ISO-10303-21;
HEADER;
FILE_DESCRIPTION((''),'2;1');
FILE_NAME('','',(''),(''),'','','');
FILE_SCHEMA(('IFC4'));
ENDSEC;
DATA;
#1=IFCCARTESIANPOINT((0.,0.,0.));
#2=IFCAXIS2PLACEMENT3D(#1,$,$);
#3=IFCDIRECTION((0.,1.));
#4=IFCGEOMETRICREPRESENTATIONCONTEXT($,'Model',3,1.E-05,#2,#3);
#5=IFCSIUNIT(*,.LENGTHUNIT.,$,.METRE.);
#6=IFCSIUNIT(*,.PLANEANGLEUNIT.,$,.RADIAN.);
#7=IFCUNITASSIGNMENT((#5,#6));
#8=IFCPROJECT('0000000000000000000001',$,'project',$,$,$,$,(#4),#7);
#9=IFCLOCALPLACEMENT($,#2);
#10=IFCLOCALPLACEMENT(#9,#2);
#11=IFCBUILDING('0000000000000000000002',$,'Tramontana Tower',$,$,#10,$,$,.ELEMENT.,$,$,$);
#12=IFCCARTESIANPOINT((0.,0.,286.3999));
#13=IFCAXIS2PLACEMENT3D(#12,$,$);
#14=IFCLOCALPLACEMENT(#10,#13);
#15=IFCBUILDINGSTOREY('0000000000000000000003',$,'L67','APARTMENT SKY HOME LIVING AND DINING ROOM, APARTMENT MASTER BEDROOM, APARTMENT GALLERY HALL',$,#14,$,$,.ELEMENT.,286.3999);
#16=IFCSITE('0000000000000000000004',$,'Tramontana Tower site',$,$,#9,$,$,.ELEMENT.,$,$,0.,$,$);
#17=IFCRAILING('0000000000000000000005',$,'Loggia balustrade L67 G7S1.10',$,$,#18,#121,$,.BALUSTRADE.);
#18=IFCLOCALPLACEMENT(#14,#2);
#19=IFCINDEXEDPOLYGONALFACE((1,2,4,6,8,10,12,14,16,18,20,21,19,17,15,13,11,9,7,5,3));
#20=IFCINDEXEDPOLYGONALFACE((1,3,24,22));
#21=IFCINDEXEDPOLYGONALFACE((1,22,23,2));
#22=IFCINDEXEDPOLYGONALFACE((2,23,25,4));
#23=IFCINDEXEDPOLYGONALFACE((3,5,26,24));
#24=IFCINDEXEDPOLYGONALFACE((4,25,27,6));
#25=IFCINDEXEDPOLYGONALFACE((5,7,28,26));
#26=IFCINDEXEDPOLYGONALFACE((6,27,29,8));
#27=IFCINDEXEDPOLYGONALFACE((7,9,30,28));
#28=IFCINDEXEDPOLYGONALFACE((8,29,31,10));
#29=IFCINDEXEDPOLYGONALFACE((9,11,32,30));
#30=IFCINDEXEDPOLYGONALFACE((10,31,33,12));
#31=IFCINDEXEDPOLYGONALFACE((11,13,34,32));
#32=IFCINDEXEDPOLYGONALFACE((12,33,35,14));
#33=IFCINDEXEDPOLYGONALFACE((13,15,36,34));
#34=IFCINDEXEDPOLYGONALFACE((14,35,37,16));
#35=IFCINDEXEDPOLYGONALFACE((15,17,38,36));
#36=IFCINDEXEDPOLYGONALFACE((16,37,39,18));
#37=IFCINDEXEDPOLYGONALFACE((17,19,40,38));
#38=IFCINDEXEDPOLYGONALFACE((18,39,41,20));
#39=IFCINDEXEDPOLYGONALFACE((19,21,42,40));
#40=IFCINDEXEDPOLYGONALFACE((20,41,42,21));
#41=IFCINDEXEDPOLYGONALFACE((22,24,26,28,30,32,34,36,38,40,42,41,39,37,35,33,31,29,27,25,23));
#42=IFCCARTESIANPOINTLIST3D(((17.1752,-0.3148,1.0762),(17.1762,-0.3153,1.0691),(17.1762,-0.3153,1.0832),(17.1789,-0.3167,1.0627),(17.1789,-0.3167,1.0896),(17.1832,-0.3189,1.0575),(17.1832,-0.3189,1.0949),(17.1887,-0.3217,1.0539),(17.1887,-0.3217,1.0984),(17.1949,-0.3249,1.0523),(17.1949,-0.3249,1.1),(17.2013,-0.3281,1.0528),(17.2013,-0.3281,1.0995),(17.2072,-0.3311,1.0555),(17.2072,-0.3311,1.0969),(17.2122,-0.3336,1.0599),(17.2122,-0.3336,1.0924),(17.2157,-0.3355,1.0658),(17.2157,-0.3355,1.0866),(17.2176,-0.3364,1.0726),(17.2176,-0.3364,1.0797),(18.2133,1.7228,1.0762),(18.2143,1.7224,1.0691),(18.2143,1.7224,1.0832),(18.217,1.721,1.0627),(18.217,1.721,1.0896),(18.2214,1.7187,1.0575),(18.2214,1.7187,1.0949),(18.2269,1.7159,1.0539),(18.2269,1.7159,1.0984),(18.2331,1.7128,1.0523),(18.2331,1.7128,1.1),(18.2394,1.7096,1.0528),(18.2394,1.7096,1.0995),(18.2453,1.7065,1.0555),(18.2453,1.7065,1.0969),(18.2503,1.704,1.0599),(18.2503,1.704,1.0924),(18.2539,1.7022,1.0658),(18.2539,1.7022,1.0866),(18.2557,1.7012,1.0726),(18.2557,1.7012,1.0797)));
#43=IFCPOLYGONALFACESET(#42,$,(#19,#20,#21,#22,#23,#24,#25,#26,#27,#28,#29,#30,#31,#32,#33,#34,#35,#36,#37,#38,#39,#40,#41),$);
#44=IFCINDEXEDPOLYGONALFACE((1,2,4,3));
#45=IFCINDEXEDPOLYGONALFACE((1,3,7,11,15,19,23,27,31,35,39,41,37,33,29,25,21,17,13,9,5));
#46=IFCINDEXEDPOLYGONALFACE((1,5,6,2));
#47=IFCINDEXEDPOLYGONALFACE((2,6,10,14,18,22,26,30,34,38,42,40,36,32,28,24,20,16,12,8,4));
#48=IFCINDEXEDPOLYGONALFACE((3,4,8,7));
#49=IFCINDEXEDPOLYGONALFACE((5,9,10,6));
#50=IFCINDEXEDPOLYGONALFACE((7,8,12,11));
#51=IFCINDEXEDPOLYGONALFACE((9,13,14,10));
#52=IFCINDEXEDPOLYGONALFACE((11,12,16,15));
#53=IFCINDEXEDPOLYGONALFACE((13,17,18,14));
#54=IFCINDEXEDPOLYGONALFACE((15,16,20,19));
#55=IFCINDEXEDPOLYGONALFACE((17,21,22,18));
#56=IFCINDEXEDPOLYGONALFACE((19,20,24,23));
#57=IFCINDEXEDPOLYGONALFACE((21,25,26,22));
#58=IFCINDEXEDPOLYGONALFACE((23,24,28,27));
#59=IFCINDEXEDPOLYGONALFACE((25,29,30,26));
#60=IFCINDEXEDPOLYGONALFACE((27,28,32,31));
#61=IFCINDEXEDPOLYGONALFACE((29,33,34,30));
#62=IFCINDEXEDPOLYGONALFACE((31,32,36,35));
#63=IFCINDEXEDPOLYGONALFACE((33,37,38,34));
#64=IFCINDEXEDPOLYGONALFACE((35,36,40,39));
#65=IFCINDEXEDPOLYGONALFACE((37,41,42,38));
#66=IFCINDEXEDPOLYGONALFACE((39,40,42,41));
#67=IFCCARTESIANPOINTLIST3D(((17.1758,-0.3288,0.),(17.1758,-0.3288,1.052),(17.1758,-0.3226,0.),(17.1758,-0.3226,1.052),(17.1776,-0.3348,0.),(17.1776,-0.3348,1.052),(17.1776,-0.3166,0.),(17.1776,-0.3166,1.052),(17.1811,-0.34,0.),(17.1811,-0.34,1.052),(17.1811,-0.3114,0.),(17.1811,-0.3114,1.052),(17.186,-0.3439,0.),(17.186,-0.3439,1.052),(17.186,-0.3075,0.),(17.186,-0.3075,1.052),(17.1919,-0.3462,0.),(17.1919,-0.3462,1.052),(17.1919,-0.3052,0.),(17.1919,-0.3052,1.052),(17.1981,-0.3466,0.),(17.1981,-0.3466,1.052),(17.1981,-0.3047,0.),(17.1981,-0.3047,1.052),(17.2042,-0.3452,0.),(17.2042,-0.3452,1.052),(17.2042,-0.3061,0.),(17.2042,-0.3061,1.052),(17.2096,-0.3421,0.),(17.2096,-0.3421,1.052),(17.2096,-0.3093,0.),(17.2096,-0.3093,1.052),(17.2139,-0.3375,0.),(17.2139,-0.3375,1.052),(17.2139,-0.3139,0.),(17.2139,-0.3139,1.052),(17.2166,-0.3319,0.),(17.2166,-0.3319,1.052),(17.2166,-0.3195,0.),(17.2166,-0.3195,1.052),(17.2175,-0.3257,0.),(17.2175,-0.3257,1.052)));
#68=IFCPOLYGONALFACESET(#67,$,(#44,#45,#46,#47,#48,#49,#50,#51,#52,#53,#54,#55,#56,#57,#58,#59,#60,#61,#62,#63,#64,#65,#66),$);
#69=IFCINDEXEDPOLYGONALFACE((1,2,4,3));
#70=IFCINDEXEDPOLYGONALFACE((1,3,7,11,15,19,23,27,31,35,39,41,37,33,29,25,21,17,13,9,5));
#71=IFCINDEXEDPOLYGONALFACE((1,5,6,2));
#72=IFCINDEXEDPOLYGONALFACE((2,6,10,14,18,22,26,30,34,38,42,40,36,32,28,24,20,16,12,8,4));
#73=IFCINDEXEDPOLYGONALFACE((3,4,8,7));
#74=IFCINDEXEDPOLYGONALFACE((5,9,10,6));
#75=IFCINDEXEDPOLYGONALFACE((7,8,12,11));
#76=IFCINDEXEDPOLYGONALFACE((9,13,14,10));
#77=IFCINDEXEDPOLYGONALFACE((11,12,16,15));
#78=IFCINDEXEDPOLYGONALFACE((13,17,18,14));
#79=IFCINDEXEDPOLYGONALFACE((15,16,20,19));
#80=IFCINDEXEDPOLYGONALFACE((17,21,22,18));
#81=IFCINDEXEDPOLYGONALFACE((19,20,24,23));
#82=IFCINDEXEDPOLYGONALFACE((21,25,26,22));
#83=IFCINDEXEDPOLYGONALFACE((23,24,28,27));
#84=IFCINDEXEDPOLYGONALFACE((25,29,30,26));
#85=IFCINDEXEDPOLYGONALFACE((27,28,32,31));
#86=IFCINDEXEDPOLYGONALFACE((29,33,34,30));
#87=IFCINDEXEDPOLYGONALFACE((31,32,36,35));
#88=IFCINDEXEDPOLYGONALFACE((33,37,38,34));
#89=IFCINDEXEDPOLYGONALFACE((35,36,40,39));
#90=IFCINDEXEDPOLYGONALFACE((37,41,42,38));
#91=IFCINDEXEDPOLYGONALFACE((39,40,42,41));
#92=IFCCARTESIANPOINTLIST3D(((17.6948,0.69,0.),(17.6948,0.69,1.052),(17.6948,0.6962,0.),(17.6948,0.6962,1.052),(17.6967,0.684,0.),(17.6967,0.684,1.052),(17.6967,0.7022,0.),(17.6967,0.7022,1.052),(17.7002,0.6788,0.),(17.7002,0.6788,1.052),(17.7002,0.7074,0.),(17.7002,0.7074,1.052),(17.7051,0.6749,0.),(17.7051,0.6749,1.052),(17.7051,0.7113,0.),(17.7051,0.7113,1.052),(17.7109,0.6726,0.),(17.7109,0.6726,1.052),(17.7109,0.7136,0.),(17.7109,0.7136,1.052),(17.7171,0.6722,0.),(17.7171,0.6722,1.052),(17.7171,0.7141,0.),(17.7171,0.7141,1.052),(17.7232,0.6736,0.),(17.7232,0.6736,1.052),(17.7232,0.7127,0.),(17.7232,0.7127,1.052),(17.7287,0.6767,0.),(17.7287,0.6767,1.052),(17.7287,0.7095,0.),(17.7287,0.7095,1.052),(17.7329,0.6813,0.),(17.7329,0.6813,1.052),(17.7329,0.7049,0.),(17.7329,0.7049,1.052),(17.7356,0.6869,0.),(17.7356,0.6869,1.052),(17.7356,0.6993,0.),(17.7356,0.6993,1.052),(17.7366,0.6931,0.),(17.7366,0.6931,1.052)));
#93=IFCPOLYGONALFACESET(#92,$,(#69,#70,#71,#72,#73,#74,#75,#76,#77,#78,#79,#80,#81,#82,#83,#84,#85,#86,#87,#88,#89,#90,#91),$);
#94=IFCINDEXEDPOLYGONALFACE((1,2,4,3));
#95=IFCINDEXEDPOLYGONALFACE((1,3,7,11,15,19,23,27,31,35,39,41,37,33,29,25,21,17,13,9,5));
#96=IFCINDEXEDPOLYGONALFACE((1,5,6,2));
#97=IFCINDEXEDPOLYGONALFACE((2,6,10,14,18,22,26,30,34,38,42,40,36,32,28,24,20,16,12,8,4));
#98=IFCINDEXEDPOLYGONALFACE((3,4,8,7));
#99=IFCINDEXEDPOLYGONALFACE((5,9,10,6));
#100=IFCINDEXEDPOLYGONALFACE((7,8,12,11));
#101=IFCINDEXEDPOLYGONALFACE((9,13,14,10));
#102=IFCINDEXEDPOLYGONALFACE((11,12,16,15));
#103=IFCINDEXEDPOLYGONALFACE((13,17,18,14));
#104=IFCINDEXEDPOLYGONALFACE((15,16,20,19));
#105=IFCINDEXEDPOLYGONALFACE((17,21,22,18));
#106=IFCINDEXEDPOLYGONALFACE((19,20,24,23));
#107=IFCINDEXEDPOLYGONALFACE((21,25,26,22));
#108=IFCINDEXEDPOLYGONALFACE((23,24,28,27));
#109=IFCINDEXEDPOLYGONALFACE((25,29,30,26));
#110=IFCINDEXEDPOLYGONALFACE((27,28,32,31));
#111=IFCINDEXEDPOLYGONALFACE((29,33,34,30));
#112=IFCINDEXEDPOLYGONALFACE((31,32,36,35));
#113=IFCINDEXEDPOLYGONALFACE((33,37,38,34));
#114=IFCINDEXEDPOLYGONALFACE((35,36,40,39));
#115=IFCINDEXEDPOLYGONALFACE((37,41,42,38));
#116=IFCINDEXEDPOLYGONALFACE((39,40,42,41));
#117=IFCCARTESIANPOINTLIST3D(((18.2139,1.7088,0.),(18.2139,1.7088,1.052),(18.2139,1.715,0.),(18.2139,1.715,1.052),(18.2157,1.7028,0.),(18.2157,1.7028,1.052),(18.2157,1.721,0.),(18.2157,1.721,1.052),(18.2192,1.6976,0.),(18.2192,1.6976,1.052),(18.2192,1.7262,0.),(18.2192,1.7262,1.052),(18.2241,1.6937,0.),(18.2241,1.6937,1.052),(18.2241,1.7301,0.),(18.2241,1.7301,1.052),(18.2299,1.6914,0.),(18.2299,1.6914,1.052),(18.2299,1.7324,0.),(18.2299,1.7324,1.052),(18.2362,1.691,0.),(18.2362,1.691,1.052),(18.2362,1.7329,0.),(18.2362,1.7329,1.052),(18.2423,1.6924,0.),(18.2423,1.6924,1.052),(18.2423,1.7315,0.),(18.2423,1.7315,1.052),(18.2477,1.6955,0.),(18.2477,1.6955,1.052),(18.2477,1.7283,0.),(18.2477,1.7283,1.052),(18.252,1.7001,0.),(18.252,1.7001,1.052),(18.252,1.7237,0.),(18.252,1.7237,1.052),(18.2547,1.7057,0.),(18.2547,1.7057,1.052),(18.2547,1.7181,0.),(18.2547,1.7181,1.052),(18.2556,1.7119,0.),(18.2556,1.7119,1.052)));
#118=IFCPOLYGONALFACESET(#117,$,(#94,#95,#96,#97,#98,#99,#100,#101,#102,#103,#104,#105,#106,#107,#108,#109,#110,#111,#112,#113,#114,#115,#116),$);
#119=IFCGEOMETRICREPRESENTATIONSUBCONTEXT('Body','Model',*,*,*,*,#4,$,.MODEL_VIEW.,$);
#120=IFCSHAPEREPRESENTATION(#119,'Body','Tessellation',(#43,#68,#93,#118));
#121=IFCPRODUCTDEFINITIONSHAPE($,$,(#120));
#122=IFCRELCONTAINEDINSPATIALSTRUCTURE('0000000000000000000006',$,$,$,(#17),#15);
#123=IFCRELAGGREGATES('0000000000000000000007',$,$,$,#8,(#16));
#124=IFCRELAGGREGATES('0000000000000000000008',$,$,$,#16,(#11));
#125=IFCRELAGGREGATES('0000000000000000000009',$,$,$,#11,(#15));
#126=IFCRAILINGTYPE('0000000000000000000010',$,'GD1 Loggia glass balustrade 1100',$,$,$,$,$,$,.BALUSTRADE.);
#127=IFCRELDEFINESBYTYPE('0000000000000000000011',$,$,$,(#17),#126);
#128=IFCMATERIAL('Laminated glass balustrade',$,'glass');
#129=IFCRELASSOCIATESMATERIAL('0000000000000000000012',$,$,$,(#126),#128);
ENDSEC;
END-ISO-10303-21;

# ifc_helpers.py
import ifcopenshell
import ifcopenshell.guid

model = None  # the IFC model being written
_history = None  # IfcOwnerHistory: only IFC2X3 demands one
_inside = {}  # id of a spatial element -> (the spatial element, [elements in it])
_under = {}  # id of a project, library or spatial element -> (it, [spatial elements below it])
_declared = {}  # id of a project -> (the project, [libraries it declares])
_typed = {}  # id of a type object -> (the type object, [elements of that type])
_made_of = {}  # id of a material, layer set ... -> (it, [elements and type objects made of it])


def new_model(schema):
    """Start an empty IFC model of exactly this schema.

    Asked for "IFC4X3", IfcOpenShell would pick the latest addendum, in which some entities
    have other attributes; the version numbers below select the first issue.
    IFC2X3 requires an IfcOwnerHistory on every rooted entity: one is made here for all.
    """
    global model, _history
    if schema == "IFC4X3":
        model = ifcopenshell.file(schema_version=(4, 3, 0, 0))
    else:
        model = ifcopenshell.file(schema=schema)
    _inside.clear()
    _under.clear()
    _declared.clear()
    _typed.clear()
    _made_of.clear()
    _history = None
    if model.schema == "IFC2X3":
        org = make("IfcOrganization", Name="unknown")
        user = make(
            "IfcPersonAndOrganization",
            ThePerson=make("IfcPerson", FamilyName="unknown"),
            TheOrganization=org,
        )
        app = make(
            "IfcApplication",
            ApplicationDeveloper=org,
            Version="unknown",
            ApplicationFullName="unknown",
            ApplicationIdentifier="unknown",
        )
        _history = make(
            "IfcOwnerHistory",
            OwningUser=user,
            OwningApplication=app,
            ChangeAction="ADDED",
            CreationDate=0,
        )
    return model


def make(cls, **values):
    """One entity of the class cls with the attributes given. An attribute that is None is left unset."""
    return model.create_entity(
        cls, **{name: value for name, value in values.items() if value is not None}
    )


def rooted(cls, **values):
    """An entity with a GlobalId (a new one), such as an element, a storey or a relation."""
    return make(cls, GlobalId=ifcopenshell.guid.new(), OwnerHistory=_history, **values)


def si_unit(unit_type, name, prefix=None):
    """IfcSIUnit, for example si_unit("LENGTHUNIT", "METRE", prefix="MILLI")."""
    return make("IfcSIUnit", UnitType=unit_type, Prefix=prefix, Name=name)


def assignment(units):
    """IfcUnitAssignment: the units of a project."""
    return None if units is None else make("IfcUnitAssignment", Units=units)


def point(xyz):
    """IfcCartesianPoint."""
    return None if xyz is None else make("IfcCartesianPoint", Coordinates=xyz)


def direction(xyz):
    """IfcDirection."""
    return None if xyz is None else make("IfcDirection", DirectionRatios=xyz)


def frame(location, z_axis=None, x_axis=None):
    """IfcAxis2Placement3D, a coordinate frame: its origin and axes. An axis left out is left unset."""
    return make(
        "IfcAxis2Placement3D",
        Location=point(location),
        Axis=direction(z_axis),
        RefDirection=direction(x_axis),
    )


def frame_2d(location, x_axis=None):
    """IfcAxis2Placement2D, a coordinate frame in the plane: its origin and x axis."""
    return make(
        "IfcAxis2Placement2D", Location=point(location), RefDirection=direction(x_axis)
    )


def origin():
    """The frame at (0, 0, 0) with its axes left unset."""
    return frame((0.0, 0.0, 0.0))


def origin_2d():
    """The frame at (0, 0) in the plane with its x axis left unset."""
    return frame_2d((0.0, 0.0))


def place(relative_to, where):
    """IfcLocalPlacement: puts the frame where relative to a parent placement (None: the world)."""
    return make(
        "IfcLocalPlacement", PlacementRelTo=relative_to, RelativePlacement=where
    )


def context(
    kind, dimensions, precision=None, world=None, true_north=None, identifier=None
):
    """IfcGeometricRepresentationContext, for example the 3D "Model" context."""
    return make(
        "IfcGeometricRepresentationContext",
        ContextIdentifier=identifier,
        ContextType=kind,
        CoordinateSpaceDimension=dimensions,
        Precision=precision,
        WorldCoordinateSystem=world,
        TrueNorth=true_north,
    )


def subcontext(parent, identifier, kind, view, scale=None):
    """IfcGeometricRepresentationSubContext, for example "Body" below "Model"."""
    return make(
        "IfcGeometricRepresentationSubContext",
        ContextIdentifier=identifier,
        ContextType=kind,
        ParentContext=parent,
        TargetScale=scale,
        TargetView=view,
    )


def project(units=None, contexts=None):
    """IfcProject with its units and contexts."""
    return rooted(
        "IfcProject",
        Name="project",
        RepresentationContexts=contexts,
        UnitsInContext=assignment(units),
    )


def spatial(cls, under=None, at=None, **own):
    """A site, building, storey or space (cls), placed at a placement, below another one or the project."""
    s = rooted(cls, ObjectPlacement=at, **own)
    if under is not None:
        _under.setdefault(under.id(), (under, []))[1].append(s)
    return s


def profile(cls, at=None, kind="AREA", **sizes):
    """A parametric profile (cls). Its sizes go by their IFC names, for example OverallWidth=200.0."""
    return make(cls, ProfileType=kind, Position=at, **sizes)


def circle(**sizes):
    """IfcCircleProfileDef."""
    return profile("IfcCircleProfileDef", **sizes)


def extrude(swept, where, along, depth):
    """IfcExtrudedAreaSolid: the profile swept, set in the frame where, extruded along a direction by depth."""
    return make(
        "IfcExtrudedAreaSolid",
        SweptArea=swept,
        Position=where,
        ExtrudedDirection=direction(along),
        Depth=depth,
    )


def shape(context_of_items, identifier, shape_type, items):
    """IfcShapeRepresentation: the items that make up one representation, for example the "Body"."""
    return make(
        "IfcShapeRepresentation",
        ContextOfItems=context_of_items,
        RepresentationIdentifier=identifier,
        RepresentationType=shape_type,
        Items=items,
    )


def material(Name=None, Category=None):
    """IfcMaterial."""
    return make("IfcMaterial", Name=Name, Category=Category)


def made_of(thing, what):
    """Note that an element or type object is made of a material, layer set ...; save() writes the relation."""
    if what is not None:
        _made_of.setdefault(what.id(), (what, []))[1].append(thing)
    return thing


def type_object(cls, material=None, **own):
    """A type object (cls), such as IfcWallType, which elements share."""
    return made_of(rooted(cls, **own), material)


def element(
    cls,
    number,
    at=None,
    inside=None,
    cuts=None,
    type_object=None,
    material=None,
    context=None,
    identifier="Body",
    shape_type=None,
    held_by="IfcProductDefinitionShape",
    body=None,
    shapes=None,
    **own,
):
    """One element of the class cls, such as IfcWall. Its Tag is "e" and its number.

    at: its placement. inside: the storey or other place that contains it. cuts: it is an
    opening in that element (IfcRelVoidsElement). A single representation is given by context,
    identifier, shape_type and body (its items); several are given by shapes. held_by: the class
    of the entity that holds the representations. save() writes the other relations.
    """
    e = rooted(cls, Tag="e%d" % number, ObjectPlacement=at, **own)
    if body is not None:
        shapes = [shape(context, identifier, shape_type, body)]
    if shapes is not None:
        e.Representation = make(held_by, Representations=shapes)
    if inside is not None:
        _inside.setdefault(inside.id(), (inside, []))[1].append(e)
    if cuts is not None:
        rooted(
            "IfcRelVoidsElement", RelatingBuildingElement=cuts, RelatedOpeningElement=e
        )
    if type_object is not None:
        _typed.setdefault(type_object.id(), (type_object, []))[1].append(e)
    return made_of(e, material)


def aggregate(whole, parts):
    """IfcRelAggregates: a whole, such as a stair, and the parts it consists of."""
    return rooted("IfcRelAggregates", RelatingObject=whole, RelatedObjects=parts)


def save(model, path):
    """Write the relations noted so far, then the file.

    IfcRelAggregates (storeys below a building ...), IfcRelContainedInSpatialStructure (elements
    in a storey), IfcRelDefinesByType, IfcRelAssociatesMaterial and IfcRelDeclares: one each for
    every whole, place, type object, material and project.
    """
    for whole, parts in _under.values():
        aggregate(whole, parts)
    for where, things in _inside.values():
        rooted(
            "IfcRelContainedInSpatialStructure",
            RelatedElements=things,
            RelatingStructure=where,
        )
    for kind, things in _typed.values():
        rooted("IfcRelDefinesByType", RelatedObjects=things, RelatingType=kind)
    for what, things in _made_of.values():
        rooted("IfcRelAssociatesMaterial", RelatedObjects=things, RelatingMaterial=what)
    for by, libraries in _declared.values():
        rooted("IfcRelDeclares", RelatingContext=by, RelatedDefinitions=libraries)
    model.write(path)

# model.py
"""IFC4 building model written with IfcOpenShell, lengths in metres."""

from ifc_helpers import new_model, si_unit, direction, frame, origin, origin_2d, place, context, subcontext, project, spatial, circle, extrude, material, type_object, element, save


model = new_model("IFC4")

# Units and contexts
model_context = context("Model", 3, precision=1e-05, world=origin(), true_north=direction((0.0, 1.0)))
body_context = subcontext(model_context, "Body", "Model", "MODEL_VIEW")
ifc_project = project(units=[si_unit("LENGTHUNIT", "METRE"), si_unit("PLANEANGLEUNIT", "RADIAN")], contexts=[model_context])

# Site, building, storey
site_placement = place(None, origin())
site = spatial("IfcSite", under=ifc_project, at=site_placement, Name="Tramontana Tower site", CompositionType="ELEMENT", RefElevation=0.0)
building_placement = place(site_placement, origin())
building = spatial("IfcBuilding", under=site, at=building_placement, Name="Tramontana Tower", CompositionType="ELEMENT")
storey_placement = place(building_placement, frame((0.0, 0.0, 286.3999)))
storey = spatial("IfcBuildingStorey", under=building, at=storey_placement, Name="L67", Description="APARTMENT SKY HOME LIVING AND DINING ROOM, APARTMENT MASTER BEDROOM, APARTMENT GALLERY HALL", CompositionType="ELEMENT", Elevation=286.3999)

# Railing
ifc_material_1 = material(Name="Laminated glass balustrade", Category="glass")
railing_type_1 = type_object("IfcRailingType", Name="GD1 Loggia glass balustrade 1100", PredefinedType="BALUSTRADE", material=ifc_material_1)
railing_1_placement = place(storey_placement, frame((17.1965, -0.3257, 0.0)))
element("IfcRailing", 1, at=railing_1_placement, inside=storey, type_object=railing_type_1, Name="Loggia balustrade L67 G7S1.10", PredefinedType="BALUSTRADE", context=body_context, shape_type="SweptSolid", body=[
    extrude(circle(Radius=0.0239, at=origin_2d()), frame((0.0, 0.0, 1.0762), z_axis=(0.453948, 0.891028, 0.0), x_axis=(-0.891028, 0.453948, 0.0)), (0.0, 0.0, 1.0), 2.2869),
    extrude(circle(Radius=0.021, at=origin_2d()), origin(), (0.0, 0.0, 1.0), 1.052),
    extrude(circle(Radius=0.021, at=origin_2d()), frame((0.519, 1.0188, 0.0)), (0.0, 0.0, 1.0), 1.052),
    extrude(circle(Radius=0.021, at=origin_2d()), frame((1.0381, 2.0376, 0.0)), (0.0, 0.0, 1.0), 1.052),
])

save(model, "model.ifc")
